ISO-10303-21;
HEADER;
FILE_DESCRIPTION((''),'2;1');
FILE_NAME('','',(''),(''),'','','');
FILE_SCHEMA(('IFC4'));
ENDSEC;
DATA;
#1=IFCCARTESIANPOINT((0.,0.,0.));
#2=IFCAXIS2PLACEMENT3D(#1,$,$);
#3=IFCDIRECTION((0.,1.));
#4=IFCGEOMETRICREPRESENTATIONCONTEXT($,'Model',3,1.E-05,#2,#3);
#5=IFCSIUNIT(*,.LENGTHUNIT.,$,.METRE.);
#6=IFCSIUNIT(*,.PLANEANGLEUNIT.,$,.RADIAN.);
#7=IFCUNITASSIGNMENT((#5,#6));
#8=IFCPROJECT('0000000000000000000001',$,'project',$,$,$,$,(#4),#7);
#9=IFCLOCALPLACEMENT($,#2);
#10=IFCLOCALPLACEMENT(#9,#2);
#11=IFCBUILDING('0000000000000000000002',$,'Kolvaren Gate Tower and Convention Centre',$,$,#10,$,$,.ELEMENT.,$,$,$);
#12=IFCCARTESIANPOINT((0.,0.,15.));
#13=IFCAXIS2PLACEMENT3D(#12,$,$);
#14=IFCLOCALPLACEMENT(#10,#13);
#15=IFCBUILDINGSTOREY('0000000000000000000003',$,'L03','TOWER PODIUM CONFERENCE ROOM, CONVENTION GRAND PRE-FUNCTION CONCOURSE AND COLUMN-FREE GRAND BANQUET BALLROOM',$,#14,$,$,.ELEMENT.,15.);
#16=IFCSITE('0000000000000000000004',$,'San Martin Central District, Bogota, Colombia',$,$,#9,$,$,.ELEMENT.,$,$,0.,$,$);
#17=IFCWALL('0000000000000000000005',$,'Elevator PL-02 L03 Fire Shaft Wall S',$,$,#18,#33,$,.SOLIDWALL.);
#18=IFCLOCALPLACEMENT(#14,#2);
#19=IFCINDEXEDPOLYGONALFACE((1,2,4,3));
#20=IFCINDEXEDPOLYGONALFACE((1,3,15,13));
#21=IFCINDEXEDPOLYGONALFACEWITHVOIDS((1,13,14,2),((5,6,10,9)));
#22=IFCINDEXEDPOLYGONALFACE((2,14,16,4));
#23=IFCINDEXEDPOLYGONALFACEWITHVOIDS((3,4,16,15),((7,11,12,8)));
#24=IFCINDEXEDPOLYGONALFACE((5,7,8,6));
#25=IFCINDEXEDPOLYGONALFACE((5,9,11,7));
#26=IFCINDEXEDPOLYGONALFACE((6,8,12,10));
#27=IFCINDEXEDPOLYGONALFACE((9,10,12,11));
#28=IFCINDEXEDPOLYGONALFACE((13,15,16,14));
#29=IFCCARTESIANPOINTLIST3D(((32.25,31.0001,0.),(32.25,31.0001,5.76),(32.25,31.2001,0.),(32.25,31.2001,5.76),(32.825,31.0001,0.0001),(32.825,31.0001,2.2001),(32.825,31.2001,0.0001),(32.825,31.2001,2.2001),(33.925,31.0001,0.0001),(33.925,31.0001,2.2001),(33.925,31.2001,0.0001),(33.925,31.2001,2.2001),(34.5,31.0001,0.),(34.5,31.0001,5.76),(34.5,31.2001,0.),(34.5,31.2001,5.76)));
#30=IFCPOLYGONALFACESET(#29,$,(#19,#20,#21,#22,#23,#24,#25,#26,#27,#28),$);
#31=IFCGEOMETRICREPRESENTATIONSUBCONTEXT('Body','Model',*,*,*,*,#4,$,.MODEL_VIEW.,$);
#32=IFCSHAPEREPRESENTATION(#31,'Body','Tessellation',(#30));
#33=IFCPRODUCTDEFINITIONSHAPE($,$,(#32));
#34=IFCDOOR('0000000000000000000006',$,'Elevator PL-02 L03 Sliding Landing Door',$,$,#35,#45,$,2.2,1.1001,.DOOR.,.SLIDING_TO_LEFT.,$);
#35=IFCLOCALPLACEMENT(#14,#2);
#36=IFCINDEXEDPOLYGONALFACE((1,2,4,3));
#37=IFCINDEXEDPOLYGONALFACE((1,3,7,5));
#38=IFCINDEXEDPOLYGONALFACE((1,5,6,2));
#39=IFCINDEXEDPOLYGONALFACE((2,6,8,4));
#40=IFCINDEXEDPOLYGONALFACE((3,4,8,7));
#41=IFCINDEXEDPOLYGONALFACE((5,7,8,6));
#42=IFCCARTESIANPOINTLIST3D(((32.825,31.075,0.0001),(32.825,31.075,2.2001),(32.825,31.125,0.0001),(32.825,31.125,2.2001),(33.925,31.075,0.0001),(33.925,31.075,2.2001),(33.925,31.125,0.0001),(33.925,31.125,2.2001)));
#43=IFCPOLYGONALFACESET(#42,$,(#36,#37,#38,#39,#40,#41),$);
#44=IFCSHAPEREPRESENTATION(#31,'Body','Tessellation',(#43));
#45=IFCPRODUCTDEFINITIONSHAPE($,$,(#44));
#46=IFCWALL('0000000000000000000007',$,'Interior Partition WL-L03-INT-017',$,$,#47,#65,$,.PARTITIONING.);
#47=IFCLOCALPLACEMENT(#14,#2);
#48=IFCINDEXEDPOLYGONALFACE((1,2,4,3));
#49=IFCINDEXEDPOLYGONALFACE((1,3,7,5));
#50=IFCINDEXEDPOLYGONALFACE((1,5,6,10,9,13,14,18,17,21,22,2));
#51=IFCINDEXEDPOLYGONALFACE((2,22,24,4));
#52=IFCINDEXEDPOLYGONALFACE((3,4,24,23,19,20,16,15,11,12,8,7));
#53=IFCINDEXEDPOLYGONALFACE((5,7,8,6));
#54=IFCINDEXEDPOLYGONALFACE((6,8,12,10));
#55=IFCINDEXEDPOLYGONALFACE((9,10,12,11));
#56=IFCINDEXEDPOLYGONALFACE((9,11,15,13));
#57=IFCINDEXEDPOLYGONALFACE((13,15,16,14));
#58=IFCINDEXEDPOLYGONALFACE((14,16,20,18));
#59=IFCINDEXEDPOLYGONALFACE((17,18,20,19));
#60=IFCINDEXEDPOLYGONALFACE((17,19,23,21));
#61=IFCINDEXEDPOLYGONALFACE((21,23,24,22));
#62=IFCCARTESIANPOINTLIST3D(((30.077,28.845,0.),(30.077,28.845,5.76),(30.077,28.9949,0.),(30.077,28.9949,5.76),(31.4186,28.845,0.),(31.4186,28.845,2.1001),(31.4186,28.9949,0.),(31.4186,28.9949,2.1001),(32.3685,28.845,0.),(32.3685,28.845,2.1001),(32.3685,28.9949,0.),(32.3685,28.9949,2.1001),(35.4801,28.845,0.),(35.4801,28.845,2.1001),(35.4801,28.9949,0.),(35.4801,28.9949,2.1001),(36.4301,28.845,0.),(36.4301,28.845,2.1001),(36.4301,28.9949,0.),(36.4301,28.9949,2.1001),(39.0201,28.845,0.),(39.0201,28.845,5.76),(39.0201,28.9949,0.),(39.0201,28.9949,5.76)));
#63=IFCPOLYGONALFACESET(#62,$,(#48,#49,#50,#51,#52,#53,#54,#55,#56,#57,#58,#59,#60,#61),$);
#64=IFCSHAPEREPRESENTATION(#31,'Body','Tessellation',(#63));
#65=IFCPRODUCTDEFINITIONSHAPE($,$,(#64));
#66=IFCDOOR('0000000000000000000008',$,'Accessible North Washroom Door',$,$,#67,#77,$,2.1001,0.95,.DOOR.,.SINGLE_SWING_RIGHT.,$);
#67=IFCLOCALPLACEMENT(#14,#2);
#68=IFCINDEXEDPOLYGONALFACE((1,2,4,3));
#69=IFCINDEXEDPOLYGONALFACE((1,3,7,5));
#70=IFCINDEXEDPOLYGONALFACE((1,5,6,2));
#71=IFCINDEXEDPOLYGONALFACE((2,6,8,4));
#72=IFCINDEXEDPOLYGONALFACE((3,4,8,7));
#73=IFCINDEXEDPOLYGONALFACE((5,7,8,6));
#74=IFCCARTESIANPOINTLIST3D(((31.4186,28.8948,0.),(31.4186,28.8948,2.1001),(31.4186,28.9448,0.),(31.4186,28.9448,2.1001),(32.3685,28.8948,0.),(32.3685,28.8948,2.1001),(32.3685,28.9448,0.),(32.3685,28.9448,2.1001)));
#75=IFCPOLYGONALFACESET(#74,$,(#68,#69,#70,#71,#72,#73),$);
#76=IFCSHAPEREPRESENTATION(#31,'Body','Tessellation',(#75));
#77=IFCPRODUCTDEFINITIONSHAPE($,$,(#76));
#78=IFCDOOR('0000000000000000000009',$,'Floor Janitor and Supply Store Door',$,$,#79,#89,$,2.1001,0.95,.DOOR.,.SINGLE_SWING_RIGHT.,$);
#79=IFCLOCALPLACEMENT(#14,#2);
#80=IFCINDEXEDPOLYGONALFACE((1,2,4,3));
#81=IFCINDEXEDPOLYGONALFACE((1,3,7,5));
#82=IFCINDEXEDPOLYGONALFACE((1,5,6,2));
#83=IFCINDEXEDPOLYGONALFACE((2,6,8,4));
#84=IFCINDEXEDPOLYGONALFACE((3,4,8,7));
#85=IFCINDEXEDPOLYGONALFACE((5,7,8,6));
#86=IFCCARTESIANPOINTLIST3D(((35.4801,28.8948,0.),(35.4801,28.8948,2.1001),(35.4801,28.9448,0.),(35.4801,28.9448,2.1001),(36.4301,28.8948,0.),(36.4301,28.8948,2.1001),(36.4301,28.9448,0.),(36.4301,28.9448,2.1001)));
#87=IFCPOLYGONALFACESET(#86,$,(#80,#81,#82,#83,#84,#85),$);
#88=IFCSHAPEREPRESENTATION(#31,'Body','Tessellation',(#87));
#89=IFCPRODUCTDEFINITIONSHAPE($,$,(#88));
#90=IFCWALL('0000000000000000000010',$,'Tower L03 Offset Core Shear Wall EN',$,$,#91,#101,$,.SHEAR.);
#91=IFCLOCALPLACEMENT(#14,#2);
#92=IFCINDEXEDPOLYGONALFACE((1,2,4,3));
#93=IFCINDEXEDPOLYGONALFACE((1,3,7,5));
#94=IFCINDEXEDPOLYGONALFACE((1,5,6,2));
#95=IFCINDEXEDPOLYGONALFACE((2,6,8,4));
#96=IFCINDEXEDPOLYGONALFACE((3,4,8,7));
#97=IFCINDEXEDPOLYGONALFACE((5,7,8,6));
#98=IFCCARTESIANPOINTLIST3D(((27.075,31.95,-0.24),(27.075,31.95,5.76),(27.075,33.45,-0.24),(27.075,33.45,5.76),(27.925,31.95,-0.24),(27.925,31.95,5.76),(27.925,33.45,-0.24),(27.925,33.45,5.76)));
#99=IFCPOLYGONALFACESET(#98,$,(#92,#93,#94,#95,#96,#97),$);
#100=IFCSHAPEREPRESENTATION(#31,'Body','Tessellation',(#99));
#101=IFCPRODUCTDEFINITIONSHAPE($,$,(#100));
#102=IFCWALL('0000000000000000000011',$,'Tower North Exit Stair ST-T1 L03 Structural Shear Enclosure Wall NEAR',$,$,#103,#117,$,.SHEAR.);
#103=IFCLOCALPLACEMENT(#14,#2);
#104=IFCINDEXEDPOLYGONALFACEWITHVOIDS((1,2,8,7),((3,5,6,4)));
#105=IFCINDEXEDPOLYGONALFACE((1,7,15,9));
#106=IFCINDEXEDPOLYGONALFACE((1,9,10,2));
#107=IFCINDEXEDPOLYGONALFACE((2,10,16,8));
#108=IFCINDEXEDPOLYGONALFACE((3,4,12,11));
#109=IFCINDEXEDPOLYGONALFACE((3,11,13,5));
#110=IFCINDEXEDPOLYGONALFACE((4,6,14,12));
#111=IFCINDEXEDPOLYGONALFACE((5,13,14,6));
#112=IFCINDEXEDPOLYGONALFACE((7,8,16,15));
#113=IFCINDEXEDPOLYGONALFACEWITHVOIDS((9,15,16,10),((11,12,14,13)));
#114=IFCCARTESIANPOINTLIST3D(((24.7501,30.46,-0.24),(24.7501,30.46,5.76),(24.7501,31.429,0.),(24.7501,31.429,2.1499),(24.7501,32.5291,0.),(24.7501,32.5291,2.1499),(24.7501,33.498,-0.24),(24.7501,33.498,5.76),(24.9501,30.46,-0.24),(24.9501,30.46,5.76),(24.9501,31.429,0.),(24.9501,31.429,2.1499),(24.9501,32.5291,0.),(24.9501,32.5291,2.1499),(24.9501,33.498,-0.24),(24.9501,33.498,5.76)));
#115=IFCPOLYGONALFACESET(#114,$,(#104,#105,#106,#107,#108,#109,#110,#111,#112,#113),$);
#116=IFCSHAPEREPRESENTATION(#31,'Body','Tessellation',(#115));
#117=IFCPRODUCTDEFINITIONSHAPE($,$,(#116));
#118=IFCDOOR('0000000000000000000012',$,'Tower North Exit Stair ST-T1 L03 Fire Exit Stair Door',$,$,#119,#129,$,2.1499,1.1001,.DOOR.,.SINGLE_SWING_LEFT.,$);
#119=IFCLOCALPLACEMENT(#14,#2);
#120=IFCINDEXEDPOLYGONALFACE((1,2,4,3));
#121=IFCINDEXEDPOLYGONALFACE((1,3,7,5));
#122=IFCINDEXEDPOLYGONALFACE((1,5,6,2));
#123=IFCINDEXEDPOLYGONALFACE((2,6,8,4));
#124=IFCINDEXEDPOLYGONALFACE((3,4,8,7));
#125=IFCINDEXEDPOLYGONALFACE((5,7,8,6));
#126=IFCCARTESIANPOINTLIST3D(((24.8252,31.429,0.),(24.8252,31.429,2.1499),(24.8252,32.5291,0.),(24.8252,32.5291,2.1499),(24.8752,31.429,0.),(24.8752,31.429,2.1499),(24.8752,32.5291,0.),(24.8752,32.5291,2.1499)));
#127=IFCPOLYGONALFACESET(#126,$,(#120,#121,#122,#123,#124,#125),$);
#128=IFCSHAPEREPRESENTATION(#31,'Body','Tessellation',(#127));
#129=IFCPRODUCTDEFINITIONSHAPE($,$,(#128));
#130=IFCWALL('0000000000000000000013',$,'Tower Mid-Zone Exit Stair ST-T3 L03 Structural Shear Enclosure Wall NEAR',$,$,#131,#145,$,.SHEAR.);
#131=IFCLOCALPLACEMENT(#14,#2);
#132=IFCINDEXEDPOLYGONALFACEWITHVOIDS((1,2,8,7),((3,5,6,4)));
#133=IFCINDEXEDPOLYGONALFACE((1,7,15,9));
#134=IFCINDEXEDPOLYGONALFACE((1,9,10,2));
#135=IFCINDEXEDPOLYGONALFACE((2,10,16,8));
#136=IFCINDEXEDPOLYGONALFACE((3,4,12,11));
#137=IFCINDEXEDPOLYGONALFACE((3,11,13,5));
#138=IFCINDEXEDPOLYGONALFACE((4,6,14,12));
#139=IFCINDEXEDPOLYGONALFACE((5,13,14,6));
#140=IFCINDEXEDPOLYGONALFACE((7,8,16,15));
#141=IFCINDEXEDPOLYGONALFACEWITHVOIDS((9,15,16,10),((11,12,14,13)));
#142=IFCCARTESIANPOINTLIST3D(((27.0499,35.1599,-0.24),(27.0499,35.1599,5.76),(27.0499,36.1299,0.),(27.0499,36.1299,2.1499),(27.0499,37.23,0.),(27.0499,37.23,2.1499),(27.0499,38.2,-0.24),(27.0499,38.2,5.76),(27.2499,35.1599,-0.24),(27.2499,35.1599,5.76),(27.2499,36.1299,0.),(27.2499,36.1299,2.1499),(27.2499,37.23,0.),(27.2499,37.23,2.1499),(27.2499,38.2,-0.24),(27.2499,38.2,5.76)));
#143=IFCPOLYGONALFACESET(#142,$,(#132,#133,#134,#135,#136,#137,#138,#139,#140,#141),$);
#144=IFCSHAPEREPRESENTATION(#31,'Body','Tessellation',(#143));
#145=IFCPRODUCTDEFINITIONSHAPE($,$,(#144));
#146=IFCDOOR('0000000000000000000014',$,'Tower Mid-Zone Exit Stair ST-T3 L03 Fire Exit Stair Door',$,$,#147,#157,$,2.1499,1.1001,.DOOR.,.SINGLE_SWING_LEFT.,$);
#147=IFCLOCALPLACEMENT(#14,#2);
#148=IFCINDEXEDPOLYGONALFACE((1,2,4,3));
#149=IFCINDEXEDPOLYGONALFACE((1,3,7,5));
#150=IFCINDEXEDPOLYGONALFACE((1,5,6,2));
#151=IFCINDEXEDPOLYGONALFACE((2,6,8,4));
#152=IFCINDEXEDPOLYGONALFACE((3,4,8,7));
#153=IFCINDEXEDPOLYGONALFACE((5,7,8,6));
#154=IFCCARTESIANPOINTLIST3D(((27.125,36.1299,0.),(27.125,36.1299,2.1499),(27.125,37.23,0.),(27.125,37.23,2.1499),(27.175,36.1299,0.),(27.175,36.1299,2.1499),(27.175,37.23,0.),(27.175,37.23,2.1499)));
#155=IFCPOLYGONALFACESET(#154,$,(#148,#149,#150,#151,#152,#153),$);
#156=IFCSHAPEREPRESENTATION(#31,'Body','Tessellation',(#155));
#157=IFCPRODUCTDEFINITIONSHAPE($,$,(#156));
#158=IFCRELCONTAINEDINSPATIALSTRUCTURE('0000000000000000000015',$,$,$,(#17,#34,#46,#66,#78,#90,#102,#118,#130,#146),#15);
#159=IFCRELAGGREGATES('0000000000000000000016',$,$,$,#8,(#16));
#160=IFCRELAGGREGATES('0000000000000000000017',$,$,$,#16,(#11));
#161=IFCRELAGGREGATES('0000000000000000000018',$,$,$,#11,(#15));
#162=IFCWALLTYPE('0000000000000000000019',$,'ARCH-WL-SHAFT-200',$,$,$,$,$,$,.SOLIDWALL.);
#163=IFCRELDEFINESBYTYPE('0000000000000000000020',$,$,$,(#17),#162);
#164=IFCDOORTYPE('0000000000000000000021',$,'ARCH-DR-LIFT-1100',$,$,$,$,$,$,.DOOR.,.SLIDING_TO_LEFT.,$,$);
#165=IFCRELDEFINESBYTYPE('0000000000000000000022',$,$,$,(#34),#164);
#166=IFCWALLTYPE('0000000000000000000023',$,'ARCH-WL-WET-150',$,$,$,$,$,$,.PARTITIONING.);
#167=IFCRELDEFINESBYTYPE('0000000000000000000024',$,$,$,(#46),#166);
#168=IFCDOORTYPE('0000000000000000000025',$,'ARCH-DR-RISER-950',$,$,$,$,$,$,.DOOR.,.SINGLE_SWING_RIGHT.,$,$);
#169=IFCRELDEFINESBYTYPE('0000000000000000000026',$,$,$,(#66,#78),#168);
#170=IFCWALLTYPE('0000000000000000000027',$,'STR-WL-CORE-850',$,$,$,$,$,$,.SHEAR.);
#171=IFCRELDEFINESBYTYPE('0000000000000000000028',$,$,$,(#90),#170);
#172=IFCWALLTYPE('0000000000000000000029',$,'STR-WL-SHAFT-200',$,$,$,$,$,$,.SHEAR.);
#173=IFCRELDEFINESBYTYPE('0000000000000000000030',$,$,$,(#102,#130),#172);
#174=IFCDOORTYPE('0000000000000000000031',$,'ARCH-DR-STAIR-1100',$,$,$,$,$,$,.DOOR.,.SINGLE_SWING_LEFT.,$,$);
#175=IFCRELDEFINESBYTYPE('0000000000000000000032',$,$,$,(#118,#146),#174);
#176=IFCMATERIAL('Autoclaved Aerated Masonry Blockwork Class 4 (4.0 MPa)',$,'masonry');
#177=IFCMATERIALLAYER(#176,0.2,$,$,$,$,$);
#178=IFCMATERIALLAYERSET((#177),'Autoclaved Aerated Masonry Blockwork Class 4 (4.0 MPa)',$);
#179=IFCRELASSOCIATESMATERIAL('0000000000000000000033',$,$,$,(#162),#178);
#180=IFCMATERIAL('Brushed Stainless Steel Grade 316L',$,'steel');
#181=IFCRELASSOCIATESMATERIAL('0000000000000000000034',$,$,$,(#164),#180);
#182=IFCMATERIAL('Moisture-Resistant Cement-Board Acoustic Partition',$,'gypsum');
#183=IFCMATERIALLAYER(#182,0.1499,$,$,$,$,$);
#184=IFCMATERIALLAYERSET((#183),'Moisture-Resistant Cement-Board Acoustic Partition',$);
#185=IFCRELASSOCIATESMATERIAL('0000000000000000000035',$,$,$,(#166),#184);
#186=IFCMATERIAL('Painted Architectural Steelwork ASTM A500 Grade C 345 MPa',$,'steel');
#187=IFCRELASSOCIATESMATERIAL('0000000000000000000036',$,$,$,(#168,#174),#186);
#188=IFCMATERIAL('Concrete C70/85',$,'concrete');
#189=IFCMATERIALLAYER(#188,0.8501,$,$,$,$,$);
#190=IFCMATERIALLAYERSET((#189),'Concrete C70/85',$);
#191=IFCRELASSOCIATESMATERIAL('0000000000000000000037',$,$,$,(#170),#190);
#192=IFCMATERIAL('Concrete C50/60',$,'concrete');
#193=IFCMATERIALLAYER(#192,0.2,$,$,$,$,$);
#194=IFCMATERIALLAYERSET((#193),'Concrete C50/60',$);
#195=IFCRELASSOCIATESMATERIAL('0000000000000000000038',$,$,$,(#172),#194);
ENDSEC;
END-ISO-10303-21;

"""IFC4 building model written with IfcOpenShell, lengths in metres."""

from ifc_helpers import new_model, si_unit, direction, frame, frame_2d, origin, place, context, subcontext, project, spatial, rectangle, extrude, material, layer, layer_set, type_object, element, fill, save


model = new_model("IFC4")

# Units and contexts
model_context = context("Model", 3, precision=1e-05, world=origin(), true_north=direction((0.0, 1.0)))
body_context = subcontext(model_context, "Body", "Model", "MODEL_VIEW")
ifc_project = project(units=[si_unit("LENGTHUNIT", "METRE"), si_unit("PLANEANGLEUNIT", "RADIAN")], contexts=[model_context])

# Site, building, storey
site_placement = place(None, origin())
site = spatial("IfcSite", under=ifc_project, at=site_placement, Name="San Martin Central District, Bogota, Colombia", CompositionType="ELEMENT", RefElevation=0.0)
building_placement = place(site_placement, origin())
building = spatial("IfcBuilding", under=site, at=building_placement, Name="Kolvaren Gate Tower and Convention Centre", CompositionType="ELEMENT")
storey_placement = place(building_placement, frame((0.0, 0.0, 15.0)))
storey = spatial("IfcBuildingStorey", under=building, at=storey_placement, Name="L03", Description="TOWER PODIUM CONFERENCE ROOM, CONVENTION GRAND PRE-FUNCTION CONCOURSE AND COLUMN-FREE GRAND BANQUET BALLROOM", CompositionType="ELEMENT", Elevation=15.0)

# Shared definitions
ifc_material_1 = material(Name="Autoclaved Aerated Masonry Blockwork Class 4 (4.0 MPa)", Category="masonry")

# Shared definitions
ifc_layer_1 = layer(ifc_material_1, 0.2)
ifc_layer_set_1 = layer_set([ifc_layer_1], Name="Autoclaved Aerated Masonry Blockwork Class 4 (4.0 MPa)")
wall_type_1 = type_object("IfcWallType", Name="ARCH-WL-SHAFT-200", PredefinedType="SOLIDWALL", material=ifc_layer_set_1)
ifc_material_2 = material(Name="Brushed Stainless Steel Grade 316L", Category="steel")
door_type_1 = type_object("IfcDoorType", Name="ARCH-DR-LIFT-1100", OperationType="SLIDING_TO_LEFT", PredefinedType="DOOR", material=ifc_material_2)

# Wall, opening, door
wall_1_placement = place(storey_placement, frame((32.25, 31.1001, 0.0), z_axis=(0.0, 0.0, 1.0), x_axis=(1.0, 0.0, 0.0)))
wall_1 = element("IfcWall", 1, at=wall_1_placement, inside=storey, type_object=wall_type_1, Name="Elevator PL-02 L03 Fire Shaft Wall S", PredefinedType="SOLIDWALL", context=body_context, shape_type="SweptSolid", body=[
    extrude(rectangle(XDim=2.25, YDim=0.2, at=frame_2d((1.125, 0.0))), origin(), (0.0, 0.0, 1.0), 5.76),
])
opening_1_placement = place(wall_1_placement, frame((0.575, 0.0, 0.0)))
opening_1 = element("IfcOpeningElement", 2, at=opening_1_placement, cuts=wall_1, PredefinedType="OPENING", context=body_context, shape_type="SweptSolid", body=[
    extrude(rectangle(XDim=1.1001, YDim=2.2, at=frame_2d((0.55, 1.1001))), frame((0.0, 0.1099, 0.0), z_axis=(0.0, -1.0, 0.0), x_axis=(1.0, 0.0, 0.0)), (0.0, 0.0, 1.0), 0.22),
])
door_1_placement = place(opening_1_placement, origin())
door_1 = element("IfcDoor", 3, at=door_1_placement, inside=storey, type_object=door_type_1, Name="Elevator PL-02 L03 Sliding Landing Door", OperationType="SLIDING_TO_LEFT", OverallHeight=2.2, OverallWidth=1.1001, PredefinedType="DOOR", context=body_context, shape_type="SweptSolid", body=[
    extrude(rectangle(XDim=1.1001, YDim=2.2, at=frame_2d((0.55, 1.1001))), frame((0.0, 0.0249, 0.0), z_axis=(0.0, -1.0, 0.0), x_axis=(1.0, 0.0, 0.0)), (0.0, 0.0, 1.0), 0.05),
])
fill(opening_1, door_1)

# Wall, openings, doors
ifc_material_3 = material(Name="Moisture-Resistant Cement-Board Acoustic Partition", Category="gypsum")
ifc_layer_2 = layer(ifc_material_3, 0.1499)
ifc_layer_set_2 = layer_set([ifc_layer_2], Name="Moisture-Resistant Cement-Board Acoustic Partition")
wall_type_2 = type_object("IfcWallType", Name="ARCH-WL-WET-150", PredefinedType="PARTITIONING", material=ifc_layer_set_2)
wall_2_placement = place(storey_placement, frame((30.0769, 28.9199, 0.0), z_axis=(0.0, 0.0, 1.0), x_axis=(1.0, 0.0, 0.0)))
wall_2 = element("IfcWall", 4, at=wall_2_placement, inside=storey, type_object=wall_type_2, Name="Interior Partition WL-L03-INT-017", PredefinedType="PARTITIONING", context=body_context, shape_type="SweptSolid", body=[
    extrude(rectangle(XDim=8.9431, YDim=0.1499, at=frame_2d((4.4717, 0.0))), origin(), (0.0, 0.0, 1.0), 5.76),
])
opening_2_placement = place(wall_2_placement, frame((1.3416, 0.0, 0.0)))
opening_2 = element("IfcOpeningElement", 5, at=opening_2_placement, cuts=wall_2, PredefinedType="OPENING", context=body_context, shape_type="SweptSolid", body=[
    extrude(rectangle(XDim=0.95, YDim=2.1001, at=frame_2d((0.4751, 1.05))), frame((0.0, 0.085, 0.0), z_axis=(0.0, -1.0, 0.0), x_axis=(1.0, 0.0, 0.0)), (0.0, 0.0, 1.0), 0.1699),
])
opening_3_placement = place(wall_2_placement, frame((5.4031, 0.0, 0.0)))
opening_3 = element("IfcOpeningElement", 6, at=opening_3_placement, cuts=wall_2, PredefinedType="OPENING", context=body_context, shape_type="SweptSolid", body=[
    extrude(rectangle(XDim=0.95, YDim=2.1001, at=frame_2d((0.4751, 1.05))), frame((0.0, 0.085, 0.0), z_axis=(0.0, -1.0, 0.0), x_axis=(1.0, 0.0, 0.0)), (0.0, 0.0, 1.0), 0.1699),
])
ifc_material_4 = material(Name="Painted Architectural Steelwork ASTM A500 Grade C 345 MPa", Category="steel")
door_type_2 = type_object("IfcDoorType", Name="ARCH-DR-RISER-950", OperationType="SINGLE_SWING_RIGHT", PredefinedType="DOOR", material=ifc_material_4)
door_2_placement = place(opening_2_placement, origin())
door_2 = element("IfcDoor", 7, at=door_2_placement, inside=storey, type_object=door_type_2, Name="Accessible North Washroom Door", OperationType="SINGLE_SWING_RIGHT", OverallHeight=2.1001, OverallWidth=0.95, PredefinedType="DOOR", context=body_context, shape_type="SweptSolid", body=[
    extrude(rectangle(XDim=0.95, YDim=2.1001, at=frame_2d((0.4751, 1.05))), frame((0.0, 0.0249, 0.0), z_axis=(0.0, -1.0, 0.0), x_axis=(1.0, 0.0, 0.0)), (0.0, 0.0, 1.0), 0.05),
])
fill(opening_2, door_2)
door_3_placement = place(opening_3_placement, origin())
door_3 = element("IfcDoor", 8, at=door_3_placement, inside=storey, type_object=door_type_2, Name="Floor Janitor and Supply Store Door", OperationType="SINGLE_SWING_RIGHT", OverallHeight=2.1001, OverallWidth=0.95, PredefinedType="DOOR", context=body_context, shape_type="SweptSolid", body=[
    extrude(rectangle(XDim=0.95, YDim=2.1001, at=frame_2d((0.4751, 1.05))), frame((0.0, 0.0249, 0.0), z_axis=(0.0, -1.0, 0.0), x_axis=(1.0, 0.0, 0.0)), (0.0, 0.0, 1.0), 0.05),
])
fill(opening_3, door_3)

# Wall
ifc_material_5 = material(Name="Concrete C70/85", Category="concrete")
ifc_layer_3 = layer(ifc_material_5, 0.8501)
ifc_layer_set_3 = layer_set([ifc_layer_3], Name="Concrete C70/85")
wall_type_3 = type_object("IfcWallType", Name="STR-WL-CORE-850", PredefinedType="SHEAR", material=ifc_layer_set_3)
wall_3_placement = place(storey_placement, frame((27.5, 31.95, -0.24), z_axis=(0.0, 0.0, 1.0), x_axis=(0.0, 1.0, 0.0)))
element("IfcWall", 9, at=wall_3_placement, inside=storey, type_object=wall_type_3, Name="Tower L03 Offset Core Shear Wall EN", PredefinedType="SHEAR", context=body_context, shape_type="SweptSolid", body=[
    extrude(rectangle(XDim=1.5, YDim=0.8501, at=frame_2d((0.75, 0.0))), origin(), (0.0, 0.0, 1.0), 6.0),
])

# Walls, openings, doors
ifc_material_6 = material(Name="Concrete C50/60", Category="concrete")
ifc_layer_4 = layer(ifc_material_6, 0.2)
ifc_layer_set_4 = layer_set([ifc_layer_4], Name="Concrete C50/60")
wall_type_4 = type_object("IfcWallType", Name="STR-WL-SHAFT-200", PredefinedType="SHEAR", material=ifc_layer_set_4)
wall_4_placement = place(storey_placement, frame((24.8501, 30.46, -0.24), z_axis=(0.0, 0.0, 1.0), x_axis=(0.0, 1.0, 0.0)))
wall_4 = element("IfcWall", 10, at=wall_4_placement, inside=storey, type_object=wall_type_4, Name="Tower North Exit Stair ST-T1 L03 Structural Shear Enclosure Wall NEAR", PredefinedType="SHEAR", context=body_context, shape_type="SweptSolid", body=[
    extrude(rectangle(XDim=3.0381, YDim=0.2, at=frame_2d((1.519, 0.0))), origin(), (0.0, 0.0, 1.0), 6.0),
])
opening_4_placement = place(wall_4_placement, frame((0.969, 0.0, 0.24)))
opening_4 = element("IfcOpeningElement", 11, at=opening_4_placement, cuts=wall_4, PredefinedType="OPENING", context=body_context, shape_type="SweptSolid", body=[
    extrude(rectangle(XDim=1.1001, YDim=2.1499, at=frame_2d((0.55, 1.075))), frame((0.0, 0.1099, 0.0), z_axis=(0.0, -1.0, 0.0), x_axis=(1.0, 0.0, 0.0)), (0.0, 0.0, 1.0), 0.22),
])
door_type_3 = type_object("IfcDoorType", Name="ARCH-DR-STAIR-1100", OperationType="SINGLE_SWING_LEFT", PredefinedType="DOOR", material=ifc_material_4)
door_4_placement = place(opening_4_placement, origin())
door_4 = element("IfcDoor", 12, at=door_4_placement, inside=storey, type_object=door_type_3, Name="Tower North Exit Stair ST-T1 L03 Fire Exit Stair Door", OperationType="SINGLE_SWING_LEFT", OverallHeight=2.1499, OverallWidth=1.1001, PredefinedType="DOOR", context=body_context, shape_type="SweptSolid", body=[
    extrude(rectangle(XDim=1.1001, YDim=2.1499, at=frame_2d((0.55, 1.075))), frame((0.0, 0.0249, 0.0), z_axis=(0.0, -1.0, 0.0), x_axis=(1.0, 0.0, 0.0)), (0.0, 0.0, 1.0), 0.05),
])
fill(opening_4, door_4)
wall_5_placement = place(storey_placement, frame((27.1499, 35.1599, -0.24), z_axis=(0.0, 0.0, 1.0), x_axis=(0.0, 1.0, 0.0)))
wall_5 = element("IfcWall", 13, at=wall_5_placement, inside=storey, type_object=wall_type_4, Name="Tower Mid-Zone Exit Stair ST-T3 L03 Structural Shear Enclosure Wall NEAR", PredefinedType="SHEAR", context=body_context, shape_type="SweptSolid", body=[
    extrude(rectangle(XDim=3.04, YDim=0.2, at=frame_2d((1.52, 0.0))), origin(), (0.0, 0.0, 1.0), 6.0),
])
opening_5_placement = place(wall_5_placement, frame((0.97, 0.0, 0.24)))
opening_5 = element("IfcOpeningElement", 14, at=opening_5_placement, cuts=wall_5, PredefinedType="OPENING", context=body_context, shape_type="SweptSolid", body=[
    extrude(rectangle(XDim=1.1001, YDim=2.1499, at=frame_2d((0.55, 1.075))), frame((0.0, 0.1099, 0.0), z_axis=(0.0, -1.0, 0.0), x_axis=(1.0, 0.0, 0.0)), (0.0, 0.0, 1.0), 0.22),
])
door_5_placement = place(opening_5_placement, origin())
door_5 = element("IfcDoor", 15, at=door_5_placement, inside=storey, type_object=door_type_3, Name="Tower Mid-Zone Exit Stair ST-T3 L03 Fire Exit Stair Door", OperationType="SINGLE_SWING_LEFT", OverallHeight=2.1499, OverallWidth=1.1001, PredefinedType="DOOR", context=body_context, shape_type="SweptSolid", body=[
    extrude(rectangle(XDim=1.1001, YDim=2.1499, at=frame_2d((0.55, 1.075))), frame((0.0, 0.0249, 0.0), z_axis=(0.0, -1.0, 0.0), x_axis=(1.0, 0.0, 0.0)), (0.0, 0.0, 1.0), 0.05),
])
fill(opening_5, door_5)

save(model, "model.ifc")
